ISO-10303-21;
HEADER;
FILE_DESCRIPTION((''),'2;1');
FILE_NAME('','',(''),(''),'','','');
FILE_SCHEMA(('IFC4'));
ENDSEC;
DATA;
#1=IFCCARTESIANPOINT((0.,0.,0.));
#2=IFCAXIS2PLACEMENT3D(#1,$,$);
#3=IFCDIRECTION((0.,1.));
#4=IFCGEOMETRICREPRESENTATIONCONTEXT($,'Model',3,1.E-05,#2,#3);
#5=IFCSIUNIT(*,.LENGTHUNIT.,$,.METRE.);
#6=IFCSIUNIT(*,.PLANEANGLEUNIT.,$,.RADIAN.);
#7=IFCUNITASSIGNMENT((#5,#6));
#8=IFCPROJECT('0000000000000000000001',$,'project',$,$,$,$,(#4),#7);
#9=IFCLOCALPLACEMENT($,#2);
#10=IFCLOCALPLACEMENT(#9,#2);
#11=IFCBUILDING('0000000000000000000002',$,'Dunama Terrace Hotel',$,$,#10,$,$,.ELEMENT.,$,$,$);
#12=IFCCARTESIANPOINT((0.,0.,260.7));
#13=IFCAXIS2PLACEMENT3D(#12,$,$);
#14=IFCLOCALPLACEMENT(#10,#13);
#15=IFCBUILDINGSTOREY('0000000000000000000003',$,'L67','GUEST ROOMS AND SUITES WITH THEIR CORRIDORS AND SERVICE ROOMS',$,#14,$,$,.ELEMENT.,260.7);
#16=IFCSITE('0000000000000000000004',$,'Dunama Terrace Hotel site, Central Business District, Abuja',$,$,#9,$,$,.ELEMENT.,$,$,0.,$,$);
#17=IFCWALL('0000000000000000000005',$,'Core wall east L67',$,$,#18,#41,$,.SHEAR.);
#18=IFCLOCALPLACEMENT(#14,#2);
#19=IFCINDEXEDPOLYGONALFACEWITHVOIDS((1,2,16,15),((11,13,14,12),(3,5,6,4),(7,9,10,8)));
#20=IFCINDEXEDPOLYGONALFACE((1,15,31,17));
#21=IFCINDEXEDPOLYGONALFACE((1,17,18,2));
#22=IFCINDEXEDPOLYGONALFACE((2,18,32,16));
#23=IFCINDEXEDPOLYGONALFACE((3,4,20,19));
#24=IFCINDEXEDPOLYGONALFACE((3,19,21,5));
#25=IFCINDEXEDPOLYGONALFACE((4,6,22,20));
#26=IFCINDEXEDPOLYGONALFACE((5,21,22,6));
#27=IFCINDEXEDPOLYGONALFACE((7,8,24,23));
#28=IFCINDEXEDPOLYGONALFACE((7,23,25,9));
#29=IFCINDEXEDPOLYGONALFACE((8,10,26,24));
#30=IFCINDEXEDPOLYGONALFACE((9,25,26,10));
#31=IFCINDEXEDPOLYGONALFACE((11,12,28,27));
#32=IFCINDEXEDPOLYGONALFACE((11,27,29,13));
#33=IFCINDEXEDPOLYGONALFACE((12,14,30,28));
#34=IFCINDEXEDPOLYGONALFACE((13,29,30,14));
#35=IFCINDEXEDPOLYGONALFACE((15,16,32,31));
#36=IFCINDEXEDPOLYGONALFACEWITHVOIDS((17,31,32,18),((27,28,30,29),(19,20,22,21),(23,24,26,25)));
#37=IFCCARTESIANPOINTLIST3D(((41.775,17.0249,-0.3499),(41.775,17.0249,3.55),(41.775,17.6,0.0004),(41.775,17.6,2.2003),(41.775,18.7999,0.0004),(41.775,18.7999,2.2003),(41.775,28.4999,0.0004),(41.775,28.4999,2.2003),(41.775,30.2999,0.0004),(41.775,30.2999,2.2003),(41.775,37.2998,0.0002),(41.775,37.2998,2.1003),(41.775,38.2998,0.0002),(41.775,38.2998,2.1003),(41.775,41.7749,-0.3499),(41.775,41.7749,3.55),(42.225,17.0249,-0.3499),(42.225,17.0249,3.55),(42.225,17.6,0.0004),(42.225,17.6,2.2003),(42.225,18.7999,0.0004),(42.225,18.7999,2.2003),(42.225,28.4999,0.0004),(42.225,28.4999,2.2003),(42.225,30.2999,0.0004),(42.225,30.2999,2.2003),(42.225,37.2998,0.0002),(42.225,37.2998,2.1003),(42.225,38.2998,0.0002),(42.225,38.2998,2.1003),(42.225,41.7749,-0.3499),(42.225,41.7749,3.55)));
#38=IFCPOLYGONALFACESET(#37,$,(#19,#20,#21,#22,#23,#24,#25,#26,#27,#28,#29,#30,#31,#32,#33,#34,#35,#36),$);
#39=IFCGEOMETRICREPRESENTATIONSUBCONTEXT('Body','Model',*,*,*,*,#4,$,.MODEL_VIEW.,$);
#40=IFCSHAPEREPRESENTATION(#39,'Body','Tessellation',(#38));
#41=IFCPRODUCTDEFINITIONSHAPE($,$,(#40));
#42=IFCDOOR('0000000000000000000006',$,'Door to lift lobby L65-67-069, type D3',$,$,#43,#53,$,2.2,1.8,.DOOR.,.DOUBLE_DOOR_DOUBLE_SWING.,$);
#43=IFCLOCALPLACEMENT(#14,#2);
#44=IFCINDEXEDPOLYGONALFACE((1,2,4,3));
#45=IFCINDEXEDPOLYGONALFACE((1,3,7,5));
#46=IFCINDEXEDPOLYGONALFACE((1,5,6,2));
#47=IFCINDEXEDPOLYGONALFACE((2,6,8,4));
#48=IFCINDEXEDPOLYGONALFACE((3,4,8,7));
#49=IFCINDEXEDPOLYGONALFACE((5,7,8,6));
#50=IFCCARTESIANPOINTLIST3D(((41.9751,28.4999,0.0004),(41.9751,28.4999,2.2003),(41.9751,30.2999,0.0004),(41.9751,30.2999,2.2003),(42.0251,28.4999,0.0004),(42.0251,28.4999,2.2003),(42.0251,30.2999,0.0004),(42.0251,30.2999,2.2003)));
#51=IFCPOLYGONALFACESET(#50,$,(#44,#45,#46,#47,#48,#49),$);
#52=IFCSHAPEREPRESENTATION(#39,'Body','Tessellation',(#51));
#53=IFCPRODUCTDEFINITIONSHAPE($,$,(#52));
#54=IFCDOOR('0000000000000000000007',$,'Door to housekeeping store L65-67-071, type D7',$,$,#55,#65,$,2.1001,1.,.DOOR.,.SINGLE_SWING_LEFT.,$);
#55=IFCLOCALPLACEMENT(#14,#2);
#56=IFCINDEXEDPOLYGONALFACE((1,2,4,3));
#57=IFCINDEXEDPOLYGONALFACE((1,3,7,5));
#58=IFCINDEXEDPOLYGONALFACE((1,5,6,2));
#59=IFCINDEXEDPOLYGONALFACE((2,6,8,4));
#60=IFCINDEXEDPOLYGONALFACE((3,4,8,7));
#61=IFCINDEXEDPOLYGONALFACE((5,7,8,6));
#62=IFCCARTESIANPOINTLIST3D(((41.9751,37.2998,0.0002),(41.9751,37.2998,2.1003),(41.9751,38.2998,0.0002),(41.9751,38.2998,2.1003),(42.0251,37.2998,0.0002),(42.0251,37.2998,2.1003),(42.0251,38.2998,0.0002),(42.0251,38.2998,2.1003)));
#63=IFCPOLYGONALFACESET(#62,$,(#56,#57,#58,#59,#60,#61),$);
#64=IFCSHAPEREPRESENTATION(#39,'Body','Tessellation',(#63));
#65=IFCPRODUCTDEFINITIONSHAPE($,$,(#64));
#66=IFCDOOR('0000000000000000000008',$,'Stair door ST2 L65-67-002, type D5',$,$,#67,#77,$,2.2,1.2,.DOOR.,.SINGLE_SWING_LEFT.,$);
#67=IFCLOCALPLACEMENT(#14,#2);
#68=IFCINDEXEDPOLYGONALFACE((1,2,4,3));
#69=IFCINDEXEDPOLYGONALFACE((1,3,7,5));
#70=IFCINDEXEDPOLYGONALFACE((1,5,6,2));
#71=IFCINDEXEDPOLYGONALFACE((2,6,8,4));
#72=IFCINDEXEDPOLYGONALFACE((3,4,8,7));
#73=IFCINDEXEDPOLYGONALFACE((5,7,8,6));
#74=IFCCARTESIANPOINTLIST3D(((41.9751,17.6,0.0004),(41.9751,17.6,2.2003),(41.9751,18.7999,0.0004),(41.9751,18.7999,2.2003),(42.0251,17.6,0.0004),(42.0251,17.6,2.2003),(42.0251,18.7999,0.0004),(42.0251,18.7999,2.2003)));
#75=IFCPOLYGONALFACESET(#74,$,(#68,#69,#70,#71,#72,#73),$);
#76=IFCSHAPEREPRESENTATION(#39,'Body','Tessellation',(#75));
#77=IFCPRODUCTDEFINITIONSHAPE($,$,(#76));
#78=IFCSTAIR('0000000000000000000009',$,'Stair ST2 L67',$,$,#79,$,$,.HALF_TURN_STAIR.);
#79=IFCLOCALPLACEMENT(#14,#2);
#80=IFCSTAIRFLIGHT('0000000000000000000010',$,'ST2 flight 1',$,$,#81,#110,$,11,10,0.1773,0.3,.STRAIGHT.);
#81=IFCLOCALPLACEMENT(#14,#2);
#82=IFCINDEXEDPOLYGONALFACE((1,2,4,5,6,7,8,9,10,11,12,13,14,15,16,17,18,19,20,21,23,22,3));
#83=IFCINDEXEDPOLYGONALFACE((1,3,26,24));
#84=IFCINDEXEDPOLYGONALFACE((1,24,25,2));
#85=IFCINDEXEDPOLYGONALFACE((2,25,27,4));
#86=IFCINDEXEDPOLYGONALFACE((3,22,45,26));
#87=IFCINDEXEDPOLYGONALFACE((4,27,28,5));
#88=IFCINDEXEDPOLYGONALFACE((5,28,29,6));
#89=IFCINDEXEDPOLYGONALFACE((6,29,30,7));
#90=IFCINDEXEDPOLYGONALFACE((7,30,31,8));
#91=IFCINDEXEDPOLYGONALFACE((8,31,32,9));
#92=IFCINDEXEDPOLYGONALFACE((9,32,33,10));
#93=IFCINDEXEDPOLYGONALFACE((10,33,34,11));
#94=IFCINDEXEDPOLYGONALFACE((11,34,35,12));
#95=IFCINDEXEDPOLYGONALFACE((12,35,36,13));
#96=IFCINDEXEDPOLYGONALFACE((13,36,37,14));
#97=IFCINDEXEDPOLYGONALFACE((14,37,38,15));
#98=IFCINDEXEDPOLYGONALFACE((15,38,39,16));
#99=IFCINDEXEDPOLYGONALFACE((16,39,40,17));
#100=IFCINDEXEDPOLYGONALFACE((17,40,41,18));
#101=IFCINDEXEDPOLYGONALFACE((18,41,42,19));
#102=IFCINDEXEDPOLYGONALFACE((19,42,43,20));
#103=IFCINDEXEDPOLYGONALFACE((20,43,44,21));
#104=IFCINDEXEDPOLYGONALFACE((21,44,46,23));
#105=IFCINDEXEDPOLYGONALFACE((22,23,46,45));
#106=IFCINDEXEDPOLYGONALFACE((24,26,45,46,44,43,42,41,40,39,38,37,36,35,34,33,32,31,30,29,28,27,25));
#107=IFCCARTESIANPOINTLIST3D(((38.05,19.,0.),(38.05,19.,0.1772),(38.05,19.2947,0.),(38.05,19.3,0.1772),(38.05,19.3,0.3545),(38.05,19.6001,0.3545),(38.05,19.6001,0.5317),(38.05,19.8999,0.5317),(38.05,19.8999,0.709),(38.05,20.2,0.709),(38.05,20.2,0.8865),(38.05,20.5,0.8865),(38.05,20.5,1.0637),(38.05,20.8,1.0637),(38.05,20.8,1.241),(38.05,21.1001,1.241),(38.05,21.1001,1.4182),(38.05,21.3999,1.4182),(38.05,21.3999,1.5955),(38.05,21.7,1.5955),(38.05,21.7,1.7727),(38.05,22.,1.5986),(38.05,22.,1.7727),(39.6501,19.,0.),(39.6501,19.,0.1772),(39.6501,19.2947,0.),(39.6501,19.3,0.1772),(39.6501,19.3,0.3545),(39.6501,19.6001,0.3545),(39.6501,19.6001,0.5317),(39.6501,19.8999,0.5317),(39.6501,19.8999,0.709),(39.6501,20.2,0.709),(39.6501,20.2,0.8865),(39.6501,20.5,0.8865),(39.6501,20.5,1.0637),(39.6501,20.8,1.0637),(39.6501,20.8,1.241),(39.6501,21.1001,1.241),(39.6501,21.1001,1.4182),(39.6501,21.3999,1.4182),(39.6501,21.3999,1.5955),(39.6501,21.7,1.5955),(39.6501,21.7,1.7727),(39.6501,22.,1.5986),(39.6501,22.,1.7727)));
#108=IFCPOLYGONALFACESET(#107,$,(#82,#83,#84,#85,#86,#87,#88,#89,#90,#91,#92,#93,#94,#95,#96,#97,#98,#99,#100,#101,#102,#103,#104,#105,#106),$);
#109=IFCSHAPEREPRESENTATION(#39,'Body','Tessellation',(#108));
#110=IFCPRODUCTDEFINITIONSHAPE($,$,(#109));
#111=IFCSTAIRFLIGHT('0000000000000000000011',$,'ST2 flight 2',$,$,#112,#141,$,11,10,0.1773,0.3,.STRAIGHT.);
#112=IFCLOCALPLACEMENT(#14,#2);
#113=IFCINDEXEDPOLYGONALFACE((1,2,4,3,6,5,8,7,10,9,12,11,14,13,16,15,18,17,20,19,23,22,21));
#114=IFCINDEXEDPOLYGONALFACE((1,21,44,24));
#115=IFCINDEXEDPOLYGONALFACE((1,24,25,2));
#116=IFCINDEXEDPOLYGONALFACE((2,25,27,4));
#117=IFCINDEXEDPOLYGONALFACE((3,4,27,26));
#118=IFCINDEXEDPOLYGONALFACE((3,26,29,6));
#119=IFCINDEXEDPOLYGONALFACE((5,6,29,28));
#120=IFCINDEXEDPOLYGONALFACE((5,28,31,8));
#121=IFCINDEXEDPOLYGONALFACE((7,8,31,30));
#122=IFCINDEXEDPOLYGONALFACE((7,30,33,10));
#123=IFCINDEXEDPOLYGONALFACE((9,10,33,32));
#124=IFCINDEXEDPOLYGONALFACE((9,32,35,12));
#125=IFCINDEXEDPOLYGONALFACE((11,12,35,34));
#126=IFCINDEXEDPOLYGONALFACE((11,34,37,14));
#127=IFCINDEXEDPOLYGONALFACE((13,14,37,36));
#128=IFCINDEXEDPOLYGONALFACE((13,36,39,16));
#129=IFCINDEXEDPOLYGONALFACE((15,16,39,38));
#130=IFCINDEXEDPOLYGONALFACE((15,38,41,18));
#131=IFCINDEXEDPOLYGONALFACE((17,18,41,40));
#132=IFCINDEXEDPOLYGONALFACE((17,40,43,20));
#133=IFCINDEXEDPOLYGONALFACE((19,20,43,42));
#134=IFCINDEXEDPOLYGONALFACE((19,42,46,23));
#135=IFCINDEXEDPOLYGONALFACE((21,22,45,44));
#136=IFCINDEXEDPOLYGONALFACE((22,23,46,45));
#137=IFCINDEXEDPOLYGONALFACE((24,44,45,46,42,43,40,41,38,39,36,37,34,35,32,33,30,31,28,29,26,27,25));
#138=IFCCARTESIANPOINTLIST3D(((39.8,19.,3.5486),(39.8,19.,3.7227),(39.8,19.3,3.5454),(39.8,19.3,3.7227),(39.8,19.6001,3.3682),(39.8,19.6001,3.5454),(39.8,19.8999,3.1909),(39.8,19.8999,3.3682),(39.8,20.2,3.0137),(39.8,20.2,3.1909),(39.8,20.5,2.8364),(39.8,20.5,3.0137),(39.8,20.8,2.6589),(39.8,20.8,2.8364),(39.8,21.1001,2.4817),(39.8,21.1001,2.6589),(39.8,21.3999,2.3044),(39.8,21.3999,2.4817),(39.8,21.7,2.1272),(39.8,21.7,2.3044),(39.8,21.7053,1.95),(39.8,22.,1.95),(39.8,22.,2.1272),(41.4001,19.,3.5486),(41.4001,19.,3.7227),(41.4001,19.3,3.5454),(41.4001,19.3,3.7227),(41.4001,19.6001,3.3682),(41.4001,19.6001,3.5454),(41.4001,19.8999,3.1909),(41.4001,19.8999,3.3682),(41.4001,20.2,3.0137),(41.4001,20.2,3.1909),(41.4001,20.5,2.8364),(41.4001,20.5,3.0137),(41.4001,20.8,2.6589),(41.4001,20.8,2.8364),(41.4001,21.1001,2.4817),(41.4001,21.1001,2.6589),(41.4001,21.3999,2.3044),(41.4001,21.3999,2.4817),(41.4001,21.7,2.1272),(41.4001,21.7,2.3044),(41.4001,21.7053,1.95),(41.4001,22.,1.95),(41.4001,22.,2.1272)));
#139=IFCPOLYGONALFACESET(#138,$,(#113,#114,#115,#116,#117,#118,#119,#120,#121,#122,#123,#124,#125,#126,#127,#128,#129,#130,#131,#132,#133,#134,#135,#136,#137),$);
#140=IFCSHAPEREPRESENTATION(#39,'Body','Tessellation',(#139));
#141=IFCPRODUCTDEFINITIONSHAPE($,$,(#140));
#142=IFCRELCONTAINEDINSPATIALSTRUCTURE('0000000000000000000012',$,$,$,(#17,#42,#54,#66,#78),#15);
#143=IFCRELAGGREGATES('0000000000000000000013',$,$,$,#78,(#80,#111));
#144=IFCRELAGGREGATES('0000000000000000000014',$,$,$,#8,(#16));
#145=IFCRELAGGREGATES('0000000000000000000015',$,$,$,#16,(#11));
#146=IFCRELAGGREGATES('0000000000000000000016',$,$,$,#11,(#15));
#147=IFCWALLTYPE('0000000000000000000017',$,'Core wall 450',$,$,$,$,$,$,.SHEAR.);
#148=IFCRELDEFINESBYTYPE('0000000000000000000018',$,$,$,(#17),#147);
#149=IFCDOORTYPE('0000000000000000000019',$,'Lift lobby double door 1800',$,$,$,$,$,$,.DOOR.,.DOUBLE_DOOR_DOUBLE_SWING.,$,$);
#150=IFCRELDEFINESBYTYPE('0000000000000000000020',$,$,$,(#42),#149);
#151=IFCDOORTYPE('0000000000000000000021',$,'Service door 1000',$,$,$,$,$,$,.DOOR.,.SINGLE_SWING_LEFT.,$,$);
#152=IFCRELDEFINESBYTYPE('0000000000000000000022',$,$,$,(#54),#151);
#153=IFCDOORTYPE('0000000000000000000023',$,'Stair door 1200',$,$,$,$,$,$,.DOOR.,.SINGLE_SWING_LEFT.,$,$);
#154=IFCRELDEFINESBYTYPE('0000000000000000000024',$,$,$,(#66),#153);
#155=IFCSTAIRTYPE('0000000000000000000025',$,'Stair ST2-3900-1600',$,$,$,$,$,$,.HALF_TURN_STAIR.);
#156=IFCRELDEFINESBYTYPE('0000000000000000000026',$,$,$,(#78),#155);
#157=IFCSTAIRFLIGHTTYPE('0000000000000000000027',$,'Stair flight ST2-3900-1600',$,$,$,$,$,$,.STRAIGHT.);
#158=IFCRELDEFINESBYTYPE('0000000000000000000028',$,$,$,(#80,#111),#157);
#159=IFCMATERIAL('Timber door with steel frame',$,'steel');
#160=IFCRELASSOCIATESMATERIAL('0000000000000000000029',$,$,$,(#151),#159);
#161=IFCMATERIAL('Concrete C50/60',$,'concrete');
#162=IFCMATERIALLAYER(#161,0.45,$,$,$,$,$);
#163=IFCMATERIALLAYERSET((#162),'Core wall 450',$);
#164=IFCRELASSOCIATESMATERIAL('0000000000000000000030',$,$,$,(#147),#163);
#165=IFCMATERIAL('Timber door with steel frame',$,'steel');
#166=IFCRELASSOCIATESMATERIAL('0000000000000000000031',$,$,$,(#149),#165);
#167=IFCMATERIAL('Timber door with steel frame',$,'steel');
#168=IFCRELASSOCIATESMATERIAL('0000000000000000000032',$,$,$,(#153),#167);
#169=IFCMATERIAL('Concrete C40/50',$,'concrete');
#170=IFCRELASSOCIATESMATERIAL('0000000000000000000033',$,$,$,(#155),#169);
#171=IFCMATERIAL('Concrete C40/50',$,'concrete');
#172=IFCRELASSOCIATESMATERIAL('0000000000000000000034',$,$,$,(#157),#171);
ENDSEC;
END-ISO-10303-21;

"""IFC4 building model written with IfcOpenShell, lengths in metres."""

from ifc_helpers import new_model, si_unit, direction, frame, frame_2d, origin, place, context, subcontext, project, spatial, polyline, rectangle, outline, extrude, material, layer, layer_set, type_object, element, fill, aggregate, save


model = new_model("IFC4")

# Units and contexts
model_context = context("Model", 3, precision=1e-05, world=origin(), true_north=direction((0.0, 1.0)))
body_context = subcontext(model_context, "Body", "Model", "MODEL_VIEW")
ifc_project = project(units=[si_unit("LENGTHUNIT", "METRE"), si_unit("PLANEANGLEUNIT", "RADIAN")], contexts=[model_context])

# Site, building, storey
site_placement = place(None, origin())
site = spatial("IfcSite", under=ifc_project, at=site_placement, Name="Dunama Terrace Hotel site, Central Business District, Abuja", CompositionType="ELEMENT", RefElevation=0.0)
building_placement = place(site_placement, origin())
building = spatial("IfcBuilding", under=site, at=building_placement, Name="Dunama Terrace Hotel", CompositionType="ELEMENT")
storey_placement = place(building_placement, frame((0.0, 0.0, 260.7)))
storey = spatial("IfcBuildingStorey", under=building, at=storey_placement, Name="L67", Description="GUEST ROOMS AND SUITES WITH THEIR CORRIDORS AND SERVICE ROOMS", CompositionType="ELEMENT", Elevation=260.7)

# Shared definitions
ifc_material_1 = material(Name="Timber door with steel frame", Category="steel")
door_type_1 = type_object("IfcDoorType", Name="Service door 1000", OperationType="SINGLE_SWING_LEFT", PredefinedType="DOOR", material=ifc_material_1)

# Wall, openings, doors
ifc_material_2 = material(Name="Concrete C50/60", Category="concrete")
ifc_layer_1 = layer(ifc_material_2, 0.45)
ifc_layer_set_1 = layer_set([ifc_layer_1], Name="Core wall 450")
wall_type_1 = type_object("IfcWallType", Name="Core wall 450", PredefinedType="SHEAR", material=ifc_layer_set_1)
wall_1_placement = place(storey_placement, frame((42.0, 17.0249, -0.3499), z_axis=(0.0, 0.0, 1.0), x_axis=(0.0, 1.0, 0.0)))
wall_1 = element("IfcWall", 1, at=wall_1_placement, inside=storey, type_object=wall_type_1, Name="Core wall east L67", PredefinedType="SHEAR", context=body_context, shape_type="SweptSolid", body=[
    extrude(rectangle(XDim=24.75, YDim=0.45, at=frame_2d((12.375, 0.0))), origin(), (0.0, 0.0, 1.0), 3.8999),
])
opening_1_placement = place(wall_1_placement, frame((0.575, 0.0, 0.3501)))
opening_1 = element("IfcOpeningElement", 2, at=opening_1_placement, cuts=wall_1, PredefinedType="OPENING", context=body_context, shape_type="SweptSolid", body=[
    extrude(rectangle(XDim=1.2, YDim=2.2, at=frame_2d((0.6001, 1.1001))), frame((0.0, 0.2349, 0.0), z_axis=(0.0, -1.0, 0.0), x_axis=(1.0, 0.0, 0.0)), (0.0, 0.0, 1.0), 0.47),
])
opening_2_placement = place(wall_1_placement, frame((11.4751, 0.0, 0.3501)))
opening_2 = element("IfcOpeningElement", 3, at=opening_2_placement, cuts=wall_1, PredefinedType="OPENING", context=body_context, shape_type="SweptSolid", body=[
    extrude(rectangle(XDim=1.8, YDim=2.2, at=frame_2d((0.8999, 1.1001))), frame((0.0, 0.2349, 0.0), z_axis=(0.0, -1.0, 0.0), x_axis=(1.0, 0.0, 0.0)), (0.0, 0.0, 1.0), 0.47),
])
opening_3_placement = place(wall_1_placement, frame((20.2749, 0.0, 0.3501)))
opening_3 = element("IfcOpeningElement", 4, at=opening_3_placement, cuts=wall_1, PredefinedType="OPENING", context=body_context, shape_type="SweptSolid", body=[
    extrude(rectangle(XDim=1.0, YDim=2.1001, at=frame_2d((0.5, 1.05))), frame((0.0, 0.2349, 0.0), z_axis=(0.0, -1.0, 0.0), x_axis=(1.0, 0.0, 0.0)), (0.0, 0.0, 1.0), 0.47),
])
ifc_material_3 = material(Name="Timber door with steel frame", Category="steel")
door_type_2 = type_object("IfcDoorType", Name="Lift lobby double door 1800", OperationType="DOUBLE_DOOR_DOUBLE_SWING", PredefinedType="DOOR", material=ifc_material_3)
door_1_placement = place(opening_2_placement, origin())
door_1 = element("IfcDoor", 5, at=door_1_placement, inside=storey, type_object=door_type_2, Name="Door to lift lobby L65-67-069, type D3", OperationType="DOUBLE_DOOR_DOUBLE_SWING", OverallHeight=2.2, OverallWidth=1.8, PredefinedType="DOOR", context=body_context, shape_type="SweptSolid", body=[
    extrude(rectangle(XDim=1.8, YDim=2.2, at=frame_2d((0.8999, 1.1001))), frame((0.0, 0.0249, 0.0), z_axis=(0.0, -1.0, 0.0), x_axis=(1.0, 0.0, 0.0)), (0.0, 0.0, 1.0), 0.05),
])
fill(opening_2, door_1)
door_2_placement = place(opening_3_placement, origin())
door_2 = element("IfcDoor", 6, at=door_2_placement, inside=storey, type_object=door_type_1, Name="Door to housekeeping store L65-67-071, type D7", OperationType="SINGLE_SWING_LEFT", OverallHeight=2.1001, OverallWidth=1.0, PredefinedType="DOOR", context=body_context, shape_type="SweptSolid", body=[
    extrude(rectangle(XDim=1.0, YDim=2.1001, at=frame_2d((0.5, 1.05))), frame((0.0, 0.0249, 0.0), z_axis=(0.0, -1.0, 0.0), x_axis=(1.0, 0.0, 0.0)), (0.0, 0.0, 1.0), 0.05),
])
fill(opening_3, door_2)
ifc_material_4 = material(Name="Timber door with steel frame", Category="steel")
door_type_3 = type_object("IfcDoorType", Name="Stair door 1200", OperationType="SINGLE_SWING_LEFT", PredefinedType="DOOR", material=ifc_material_4)
door_3_placement = place(opening_1_placement, origin())
door_3 = element("IfcDoor", 7, at=door_3_placement, inside=storey, type_object=door_type_3, Name="Stair door ST2 L65-67-002, type D5", OperationType="SINGLE_SWING_LEFT", OverallHeight=2.2, OverallWidth=1.2, PredefinedType="DOOR", context=body_context, shape_type="SweptSolid", body=[
    extrude(rectangle(XDim=1.2, YDim=2.2, at=frame_2d((0.6001, 1.1001))), frame((0.0, 0.0249, 0.0), z_axis=(0.0, -1.0, 0.0), x_axis=(1.0, 0.0, 0.0)), (0.0, 0.0, 1.0), 0.05),
])
fill(opening_1, door_3)

# Stair, stair flights
ifc_material_5 = material(Name="Concrete C40/50", Category="concrete")
stair_type = type_object("IfcStairType", Name="Stair ST2-3900-1600", PredefinedType="HALF_TURN_STAIR", material=ifc_material_5)
stair_placement = place(storey_placement, origin())
stair = element("IfcStair", 8, at=stair_placement, inside=storey, type_object=stair_type, Name="Stair ST2 L67", PredefinedType="HALF_TURN_STAIR")
ifc_material_6 = material(Name="Concrete C40/50", Category="concrete")
stair_flight_type = type_object("IfcStairFlightType", Name="Stair flight ST2-3900-1600", PredefinedType="STRAIGHT", material=ifc_material_6)
stair_flight_1_placement = place(storey_placement, frame((38.8501, 19.0, 0.0), z_axis=(0.0, 0.0, 1.0), x_axis=(0.0, 1.0, 0.0)))
stair_flight_1 = element("IfcStairFlight", 9, at=stair_flight_1_placement, type_object=stair_flight_type, Name="ST2 flight 1", NumberOfRisers=11, NumberOfTreads=10, PredefinedType="STRAIGHT", RiserHeight=0.1773, TreadLength=0.3, context=body_context, shape_type="SweptSolid", body=[
    extrude(outline(polyline([(0.0, 0.0), (0.0, 0.1772), (0.3, 0.1772), (0.3, 0.3545), (0.6001, 0.3545), (0.6001, 0.5317), (0.8999, 0.5317), (0.8999, 0.709), (1.2, 0.709), (1.2, 0.8865), (1.5, 0.8865), (1.5, 1.0637), (1.8, 1.0637), (1.8, 1.241), (2.1001, 1.241), (2.1001, 1.4182), (2.3999, 1.4182), (2.3999, 1.5955), (2.7, 1.5955), (2.7, 1.7727), (3.0, 1.7727), (3.0, 1.95), (3.0, 1.5986), (0.2947, 0.0), (0.0, 0.0)])), frame((0.0, 0.8, 0.0), z_axis=(0.0, -1.0, 0.0), x_axis=(1.0, 0.0, 0.0)), (0.0, 0.0, 1.0), 1.6001),
])
stair_flight_2_placement = place(storey_placement, frame((40.6001, 22.0, 1.95), z_axis=(0.0, 0.0, 1.0), x_axis=(0.0, -1.0, 0.0)))
stair_flight_2 = element("IfcStairFlight", 10, at=stair_flight_2_placement, type_object=stair_flight_type, Name="ST2 flight 2", NumberOfRisers=11, NumberOfTreads=10, PredefinedType="STRAIGHT", RiserHeight=0.1773, TreadLength=0.3, context=body_context, shape_type="SweptSolid", body=[
    extrude(outline(polyline([(0.0, 0.0), (0.0, 0.1772), (0.3, 0.1772), (0.3, 0.3545), (0.6001, 0.3545), (0.6001, 0.5317), (0.8999, 0.5317), (0.8999, 0.709), (1.2, 0.709), (1.2, 0.8865), (1.5, 0.8865), (1.5, 1.0637), (1.8, 1.0637), (1.8, 1.241), (2.1001, 1.241), (2.1001, 1.4182), (2.3999, 1.4182), (2.3999, 1.5955), (2.7, 1.5955), (2.7, 1.7727), (3.0, 1.7727), (3.0, 1.95), (3.0, 1.5986), (0.2947, 0.0), (0.0, 0.0)])), frame((0.0, 0.8, 0.0), z_axis=(0.0, -1.0, 0.0), x_axis=(1.0, 0.0, 0.0)), (0.0, 0.0, 1.0), 1.6001),
])
aggregate(stair, [stair_flight_1, stair_flight_2])

save(model, "model.ifc")
